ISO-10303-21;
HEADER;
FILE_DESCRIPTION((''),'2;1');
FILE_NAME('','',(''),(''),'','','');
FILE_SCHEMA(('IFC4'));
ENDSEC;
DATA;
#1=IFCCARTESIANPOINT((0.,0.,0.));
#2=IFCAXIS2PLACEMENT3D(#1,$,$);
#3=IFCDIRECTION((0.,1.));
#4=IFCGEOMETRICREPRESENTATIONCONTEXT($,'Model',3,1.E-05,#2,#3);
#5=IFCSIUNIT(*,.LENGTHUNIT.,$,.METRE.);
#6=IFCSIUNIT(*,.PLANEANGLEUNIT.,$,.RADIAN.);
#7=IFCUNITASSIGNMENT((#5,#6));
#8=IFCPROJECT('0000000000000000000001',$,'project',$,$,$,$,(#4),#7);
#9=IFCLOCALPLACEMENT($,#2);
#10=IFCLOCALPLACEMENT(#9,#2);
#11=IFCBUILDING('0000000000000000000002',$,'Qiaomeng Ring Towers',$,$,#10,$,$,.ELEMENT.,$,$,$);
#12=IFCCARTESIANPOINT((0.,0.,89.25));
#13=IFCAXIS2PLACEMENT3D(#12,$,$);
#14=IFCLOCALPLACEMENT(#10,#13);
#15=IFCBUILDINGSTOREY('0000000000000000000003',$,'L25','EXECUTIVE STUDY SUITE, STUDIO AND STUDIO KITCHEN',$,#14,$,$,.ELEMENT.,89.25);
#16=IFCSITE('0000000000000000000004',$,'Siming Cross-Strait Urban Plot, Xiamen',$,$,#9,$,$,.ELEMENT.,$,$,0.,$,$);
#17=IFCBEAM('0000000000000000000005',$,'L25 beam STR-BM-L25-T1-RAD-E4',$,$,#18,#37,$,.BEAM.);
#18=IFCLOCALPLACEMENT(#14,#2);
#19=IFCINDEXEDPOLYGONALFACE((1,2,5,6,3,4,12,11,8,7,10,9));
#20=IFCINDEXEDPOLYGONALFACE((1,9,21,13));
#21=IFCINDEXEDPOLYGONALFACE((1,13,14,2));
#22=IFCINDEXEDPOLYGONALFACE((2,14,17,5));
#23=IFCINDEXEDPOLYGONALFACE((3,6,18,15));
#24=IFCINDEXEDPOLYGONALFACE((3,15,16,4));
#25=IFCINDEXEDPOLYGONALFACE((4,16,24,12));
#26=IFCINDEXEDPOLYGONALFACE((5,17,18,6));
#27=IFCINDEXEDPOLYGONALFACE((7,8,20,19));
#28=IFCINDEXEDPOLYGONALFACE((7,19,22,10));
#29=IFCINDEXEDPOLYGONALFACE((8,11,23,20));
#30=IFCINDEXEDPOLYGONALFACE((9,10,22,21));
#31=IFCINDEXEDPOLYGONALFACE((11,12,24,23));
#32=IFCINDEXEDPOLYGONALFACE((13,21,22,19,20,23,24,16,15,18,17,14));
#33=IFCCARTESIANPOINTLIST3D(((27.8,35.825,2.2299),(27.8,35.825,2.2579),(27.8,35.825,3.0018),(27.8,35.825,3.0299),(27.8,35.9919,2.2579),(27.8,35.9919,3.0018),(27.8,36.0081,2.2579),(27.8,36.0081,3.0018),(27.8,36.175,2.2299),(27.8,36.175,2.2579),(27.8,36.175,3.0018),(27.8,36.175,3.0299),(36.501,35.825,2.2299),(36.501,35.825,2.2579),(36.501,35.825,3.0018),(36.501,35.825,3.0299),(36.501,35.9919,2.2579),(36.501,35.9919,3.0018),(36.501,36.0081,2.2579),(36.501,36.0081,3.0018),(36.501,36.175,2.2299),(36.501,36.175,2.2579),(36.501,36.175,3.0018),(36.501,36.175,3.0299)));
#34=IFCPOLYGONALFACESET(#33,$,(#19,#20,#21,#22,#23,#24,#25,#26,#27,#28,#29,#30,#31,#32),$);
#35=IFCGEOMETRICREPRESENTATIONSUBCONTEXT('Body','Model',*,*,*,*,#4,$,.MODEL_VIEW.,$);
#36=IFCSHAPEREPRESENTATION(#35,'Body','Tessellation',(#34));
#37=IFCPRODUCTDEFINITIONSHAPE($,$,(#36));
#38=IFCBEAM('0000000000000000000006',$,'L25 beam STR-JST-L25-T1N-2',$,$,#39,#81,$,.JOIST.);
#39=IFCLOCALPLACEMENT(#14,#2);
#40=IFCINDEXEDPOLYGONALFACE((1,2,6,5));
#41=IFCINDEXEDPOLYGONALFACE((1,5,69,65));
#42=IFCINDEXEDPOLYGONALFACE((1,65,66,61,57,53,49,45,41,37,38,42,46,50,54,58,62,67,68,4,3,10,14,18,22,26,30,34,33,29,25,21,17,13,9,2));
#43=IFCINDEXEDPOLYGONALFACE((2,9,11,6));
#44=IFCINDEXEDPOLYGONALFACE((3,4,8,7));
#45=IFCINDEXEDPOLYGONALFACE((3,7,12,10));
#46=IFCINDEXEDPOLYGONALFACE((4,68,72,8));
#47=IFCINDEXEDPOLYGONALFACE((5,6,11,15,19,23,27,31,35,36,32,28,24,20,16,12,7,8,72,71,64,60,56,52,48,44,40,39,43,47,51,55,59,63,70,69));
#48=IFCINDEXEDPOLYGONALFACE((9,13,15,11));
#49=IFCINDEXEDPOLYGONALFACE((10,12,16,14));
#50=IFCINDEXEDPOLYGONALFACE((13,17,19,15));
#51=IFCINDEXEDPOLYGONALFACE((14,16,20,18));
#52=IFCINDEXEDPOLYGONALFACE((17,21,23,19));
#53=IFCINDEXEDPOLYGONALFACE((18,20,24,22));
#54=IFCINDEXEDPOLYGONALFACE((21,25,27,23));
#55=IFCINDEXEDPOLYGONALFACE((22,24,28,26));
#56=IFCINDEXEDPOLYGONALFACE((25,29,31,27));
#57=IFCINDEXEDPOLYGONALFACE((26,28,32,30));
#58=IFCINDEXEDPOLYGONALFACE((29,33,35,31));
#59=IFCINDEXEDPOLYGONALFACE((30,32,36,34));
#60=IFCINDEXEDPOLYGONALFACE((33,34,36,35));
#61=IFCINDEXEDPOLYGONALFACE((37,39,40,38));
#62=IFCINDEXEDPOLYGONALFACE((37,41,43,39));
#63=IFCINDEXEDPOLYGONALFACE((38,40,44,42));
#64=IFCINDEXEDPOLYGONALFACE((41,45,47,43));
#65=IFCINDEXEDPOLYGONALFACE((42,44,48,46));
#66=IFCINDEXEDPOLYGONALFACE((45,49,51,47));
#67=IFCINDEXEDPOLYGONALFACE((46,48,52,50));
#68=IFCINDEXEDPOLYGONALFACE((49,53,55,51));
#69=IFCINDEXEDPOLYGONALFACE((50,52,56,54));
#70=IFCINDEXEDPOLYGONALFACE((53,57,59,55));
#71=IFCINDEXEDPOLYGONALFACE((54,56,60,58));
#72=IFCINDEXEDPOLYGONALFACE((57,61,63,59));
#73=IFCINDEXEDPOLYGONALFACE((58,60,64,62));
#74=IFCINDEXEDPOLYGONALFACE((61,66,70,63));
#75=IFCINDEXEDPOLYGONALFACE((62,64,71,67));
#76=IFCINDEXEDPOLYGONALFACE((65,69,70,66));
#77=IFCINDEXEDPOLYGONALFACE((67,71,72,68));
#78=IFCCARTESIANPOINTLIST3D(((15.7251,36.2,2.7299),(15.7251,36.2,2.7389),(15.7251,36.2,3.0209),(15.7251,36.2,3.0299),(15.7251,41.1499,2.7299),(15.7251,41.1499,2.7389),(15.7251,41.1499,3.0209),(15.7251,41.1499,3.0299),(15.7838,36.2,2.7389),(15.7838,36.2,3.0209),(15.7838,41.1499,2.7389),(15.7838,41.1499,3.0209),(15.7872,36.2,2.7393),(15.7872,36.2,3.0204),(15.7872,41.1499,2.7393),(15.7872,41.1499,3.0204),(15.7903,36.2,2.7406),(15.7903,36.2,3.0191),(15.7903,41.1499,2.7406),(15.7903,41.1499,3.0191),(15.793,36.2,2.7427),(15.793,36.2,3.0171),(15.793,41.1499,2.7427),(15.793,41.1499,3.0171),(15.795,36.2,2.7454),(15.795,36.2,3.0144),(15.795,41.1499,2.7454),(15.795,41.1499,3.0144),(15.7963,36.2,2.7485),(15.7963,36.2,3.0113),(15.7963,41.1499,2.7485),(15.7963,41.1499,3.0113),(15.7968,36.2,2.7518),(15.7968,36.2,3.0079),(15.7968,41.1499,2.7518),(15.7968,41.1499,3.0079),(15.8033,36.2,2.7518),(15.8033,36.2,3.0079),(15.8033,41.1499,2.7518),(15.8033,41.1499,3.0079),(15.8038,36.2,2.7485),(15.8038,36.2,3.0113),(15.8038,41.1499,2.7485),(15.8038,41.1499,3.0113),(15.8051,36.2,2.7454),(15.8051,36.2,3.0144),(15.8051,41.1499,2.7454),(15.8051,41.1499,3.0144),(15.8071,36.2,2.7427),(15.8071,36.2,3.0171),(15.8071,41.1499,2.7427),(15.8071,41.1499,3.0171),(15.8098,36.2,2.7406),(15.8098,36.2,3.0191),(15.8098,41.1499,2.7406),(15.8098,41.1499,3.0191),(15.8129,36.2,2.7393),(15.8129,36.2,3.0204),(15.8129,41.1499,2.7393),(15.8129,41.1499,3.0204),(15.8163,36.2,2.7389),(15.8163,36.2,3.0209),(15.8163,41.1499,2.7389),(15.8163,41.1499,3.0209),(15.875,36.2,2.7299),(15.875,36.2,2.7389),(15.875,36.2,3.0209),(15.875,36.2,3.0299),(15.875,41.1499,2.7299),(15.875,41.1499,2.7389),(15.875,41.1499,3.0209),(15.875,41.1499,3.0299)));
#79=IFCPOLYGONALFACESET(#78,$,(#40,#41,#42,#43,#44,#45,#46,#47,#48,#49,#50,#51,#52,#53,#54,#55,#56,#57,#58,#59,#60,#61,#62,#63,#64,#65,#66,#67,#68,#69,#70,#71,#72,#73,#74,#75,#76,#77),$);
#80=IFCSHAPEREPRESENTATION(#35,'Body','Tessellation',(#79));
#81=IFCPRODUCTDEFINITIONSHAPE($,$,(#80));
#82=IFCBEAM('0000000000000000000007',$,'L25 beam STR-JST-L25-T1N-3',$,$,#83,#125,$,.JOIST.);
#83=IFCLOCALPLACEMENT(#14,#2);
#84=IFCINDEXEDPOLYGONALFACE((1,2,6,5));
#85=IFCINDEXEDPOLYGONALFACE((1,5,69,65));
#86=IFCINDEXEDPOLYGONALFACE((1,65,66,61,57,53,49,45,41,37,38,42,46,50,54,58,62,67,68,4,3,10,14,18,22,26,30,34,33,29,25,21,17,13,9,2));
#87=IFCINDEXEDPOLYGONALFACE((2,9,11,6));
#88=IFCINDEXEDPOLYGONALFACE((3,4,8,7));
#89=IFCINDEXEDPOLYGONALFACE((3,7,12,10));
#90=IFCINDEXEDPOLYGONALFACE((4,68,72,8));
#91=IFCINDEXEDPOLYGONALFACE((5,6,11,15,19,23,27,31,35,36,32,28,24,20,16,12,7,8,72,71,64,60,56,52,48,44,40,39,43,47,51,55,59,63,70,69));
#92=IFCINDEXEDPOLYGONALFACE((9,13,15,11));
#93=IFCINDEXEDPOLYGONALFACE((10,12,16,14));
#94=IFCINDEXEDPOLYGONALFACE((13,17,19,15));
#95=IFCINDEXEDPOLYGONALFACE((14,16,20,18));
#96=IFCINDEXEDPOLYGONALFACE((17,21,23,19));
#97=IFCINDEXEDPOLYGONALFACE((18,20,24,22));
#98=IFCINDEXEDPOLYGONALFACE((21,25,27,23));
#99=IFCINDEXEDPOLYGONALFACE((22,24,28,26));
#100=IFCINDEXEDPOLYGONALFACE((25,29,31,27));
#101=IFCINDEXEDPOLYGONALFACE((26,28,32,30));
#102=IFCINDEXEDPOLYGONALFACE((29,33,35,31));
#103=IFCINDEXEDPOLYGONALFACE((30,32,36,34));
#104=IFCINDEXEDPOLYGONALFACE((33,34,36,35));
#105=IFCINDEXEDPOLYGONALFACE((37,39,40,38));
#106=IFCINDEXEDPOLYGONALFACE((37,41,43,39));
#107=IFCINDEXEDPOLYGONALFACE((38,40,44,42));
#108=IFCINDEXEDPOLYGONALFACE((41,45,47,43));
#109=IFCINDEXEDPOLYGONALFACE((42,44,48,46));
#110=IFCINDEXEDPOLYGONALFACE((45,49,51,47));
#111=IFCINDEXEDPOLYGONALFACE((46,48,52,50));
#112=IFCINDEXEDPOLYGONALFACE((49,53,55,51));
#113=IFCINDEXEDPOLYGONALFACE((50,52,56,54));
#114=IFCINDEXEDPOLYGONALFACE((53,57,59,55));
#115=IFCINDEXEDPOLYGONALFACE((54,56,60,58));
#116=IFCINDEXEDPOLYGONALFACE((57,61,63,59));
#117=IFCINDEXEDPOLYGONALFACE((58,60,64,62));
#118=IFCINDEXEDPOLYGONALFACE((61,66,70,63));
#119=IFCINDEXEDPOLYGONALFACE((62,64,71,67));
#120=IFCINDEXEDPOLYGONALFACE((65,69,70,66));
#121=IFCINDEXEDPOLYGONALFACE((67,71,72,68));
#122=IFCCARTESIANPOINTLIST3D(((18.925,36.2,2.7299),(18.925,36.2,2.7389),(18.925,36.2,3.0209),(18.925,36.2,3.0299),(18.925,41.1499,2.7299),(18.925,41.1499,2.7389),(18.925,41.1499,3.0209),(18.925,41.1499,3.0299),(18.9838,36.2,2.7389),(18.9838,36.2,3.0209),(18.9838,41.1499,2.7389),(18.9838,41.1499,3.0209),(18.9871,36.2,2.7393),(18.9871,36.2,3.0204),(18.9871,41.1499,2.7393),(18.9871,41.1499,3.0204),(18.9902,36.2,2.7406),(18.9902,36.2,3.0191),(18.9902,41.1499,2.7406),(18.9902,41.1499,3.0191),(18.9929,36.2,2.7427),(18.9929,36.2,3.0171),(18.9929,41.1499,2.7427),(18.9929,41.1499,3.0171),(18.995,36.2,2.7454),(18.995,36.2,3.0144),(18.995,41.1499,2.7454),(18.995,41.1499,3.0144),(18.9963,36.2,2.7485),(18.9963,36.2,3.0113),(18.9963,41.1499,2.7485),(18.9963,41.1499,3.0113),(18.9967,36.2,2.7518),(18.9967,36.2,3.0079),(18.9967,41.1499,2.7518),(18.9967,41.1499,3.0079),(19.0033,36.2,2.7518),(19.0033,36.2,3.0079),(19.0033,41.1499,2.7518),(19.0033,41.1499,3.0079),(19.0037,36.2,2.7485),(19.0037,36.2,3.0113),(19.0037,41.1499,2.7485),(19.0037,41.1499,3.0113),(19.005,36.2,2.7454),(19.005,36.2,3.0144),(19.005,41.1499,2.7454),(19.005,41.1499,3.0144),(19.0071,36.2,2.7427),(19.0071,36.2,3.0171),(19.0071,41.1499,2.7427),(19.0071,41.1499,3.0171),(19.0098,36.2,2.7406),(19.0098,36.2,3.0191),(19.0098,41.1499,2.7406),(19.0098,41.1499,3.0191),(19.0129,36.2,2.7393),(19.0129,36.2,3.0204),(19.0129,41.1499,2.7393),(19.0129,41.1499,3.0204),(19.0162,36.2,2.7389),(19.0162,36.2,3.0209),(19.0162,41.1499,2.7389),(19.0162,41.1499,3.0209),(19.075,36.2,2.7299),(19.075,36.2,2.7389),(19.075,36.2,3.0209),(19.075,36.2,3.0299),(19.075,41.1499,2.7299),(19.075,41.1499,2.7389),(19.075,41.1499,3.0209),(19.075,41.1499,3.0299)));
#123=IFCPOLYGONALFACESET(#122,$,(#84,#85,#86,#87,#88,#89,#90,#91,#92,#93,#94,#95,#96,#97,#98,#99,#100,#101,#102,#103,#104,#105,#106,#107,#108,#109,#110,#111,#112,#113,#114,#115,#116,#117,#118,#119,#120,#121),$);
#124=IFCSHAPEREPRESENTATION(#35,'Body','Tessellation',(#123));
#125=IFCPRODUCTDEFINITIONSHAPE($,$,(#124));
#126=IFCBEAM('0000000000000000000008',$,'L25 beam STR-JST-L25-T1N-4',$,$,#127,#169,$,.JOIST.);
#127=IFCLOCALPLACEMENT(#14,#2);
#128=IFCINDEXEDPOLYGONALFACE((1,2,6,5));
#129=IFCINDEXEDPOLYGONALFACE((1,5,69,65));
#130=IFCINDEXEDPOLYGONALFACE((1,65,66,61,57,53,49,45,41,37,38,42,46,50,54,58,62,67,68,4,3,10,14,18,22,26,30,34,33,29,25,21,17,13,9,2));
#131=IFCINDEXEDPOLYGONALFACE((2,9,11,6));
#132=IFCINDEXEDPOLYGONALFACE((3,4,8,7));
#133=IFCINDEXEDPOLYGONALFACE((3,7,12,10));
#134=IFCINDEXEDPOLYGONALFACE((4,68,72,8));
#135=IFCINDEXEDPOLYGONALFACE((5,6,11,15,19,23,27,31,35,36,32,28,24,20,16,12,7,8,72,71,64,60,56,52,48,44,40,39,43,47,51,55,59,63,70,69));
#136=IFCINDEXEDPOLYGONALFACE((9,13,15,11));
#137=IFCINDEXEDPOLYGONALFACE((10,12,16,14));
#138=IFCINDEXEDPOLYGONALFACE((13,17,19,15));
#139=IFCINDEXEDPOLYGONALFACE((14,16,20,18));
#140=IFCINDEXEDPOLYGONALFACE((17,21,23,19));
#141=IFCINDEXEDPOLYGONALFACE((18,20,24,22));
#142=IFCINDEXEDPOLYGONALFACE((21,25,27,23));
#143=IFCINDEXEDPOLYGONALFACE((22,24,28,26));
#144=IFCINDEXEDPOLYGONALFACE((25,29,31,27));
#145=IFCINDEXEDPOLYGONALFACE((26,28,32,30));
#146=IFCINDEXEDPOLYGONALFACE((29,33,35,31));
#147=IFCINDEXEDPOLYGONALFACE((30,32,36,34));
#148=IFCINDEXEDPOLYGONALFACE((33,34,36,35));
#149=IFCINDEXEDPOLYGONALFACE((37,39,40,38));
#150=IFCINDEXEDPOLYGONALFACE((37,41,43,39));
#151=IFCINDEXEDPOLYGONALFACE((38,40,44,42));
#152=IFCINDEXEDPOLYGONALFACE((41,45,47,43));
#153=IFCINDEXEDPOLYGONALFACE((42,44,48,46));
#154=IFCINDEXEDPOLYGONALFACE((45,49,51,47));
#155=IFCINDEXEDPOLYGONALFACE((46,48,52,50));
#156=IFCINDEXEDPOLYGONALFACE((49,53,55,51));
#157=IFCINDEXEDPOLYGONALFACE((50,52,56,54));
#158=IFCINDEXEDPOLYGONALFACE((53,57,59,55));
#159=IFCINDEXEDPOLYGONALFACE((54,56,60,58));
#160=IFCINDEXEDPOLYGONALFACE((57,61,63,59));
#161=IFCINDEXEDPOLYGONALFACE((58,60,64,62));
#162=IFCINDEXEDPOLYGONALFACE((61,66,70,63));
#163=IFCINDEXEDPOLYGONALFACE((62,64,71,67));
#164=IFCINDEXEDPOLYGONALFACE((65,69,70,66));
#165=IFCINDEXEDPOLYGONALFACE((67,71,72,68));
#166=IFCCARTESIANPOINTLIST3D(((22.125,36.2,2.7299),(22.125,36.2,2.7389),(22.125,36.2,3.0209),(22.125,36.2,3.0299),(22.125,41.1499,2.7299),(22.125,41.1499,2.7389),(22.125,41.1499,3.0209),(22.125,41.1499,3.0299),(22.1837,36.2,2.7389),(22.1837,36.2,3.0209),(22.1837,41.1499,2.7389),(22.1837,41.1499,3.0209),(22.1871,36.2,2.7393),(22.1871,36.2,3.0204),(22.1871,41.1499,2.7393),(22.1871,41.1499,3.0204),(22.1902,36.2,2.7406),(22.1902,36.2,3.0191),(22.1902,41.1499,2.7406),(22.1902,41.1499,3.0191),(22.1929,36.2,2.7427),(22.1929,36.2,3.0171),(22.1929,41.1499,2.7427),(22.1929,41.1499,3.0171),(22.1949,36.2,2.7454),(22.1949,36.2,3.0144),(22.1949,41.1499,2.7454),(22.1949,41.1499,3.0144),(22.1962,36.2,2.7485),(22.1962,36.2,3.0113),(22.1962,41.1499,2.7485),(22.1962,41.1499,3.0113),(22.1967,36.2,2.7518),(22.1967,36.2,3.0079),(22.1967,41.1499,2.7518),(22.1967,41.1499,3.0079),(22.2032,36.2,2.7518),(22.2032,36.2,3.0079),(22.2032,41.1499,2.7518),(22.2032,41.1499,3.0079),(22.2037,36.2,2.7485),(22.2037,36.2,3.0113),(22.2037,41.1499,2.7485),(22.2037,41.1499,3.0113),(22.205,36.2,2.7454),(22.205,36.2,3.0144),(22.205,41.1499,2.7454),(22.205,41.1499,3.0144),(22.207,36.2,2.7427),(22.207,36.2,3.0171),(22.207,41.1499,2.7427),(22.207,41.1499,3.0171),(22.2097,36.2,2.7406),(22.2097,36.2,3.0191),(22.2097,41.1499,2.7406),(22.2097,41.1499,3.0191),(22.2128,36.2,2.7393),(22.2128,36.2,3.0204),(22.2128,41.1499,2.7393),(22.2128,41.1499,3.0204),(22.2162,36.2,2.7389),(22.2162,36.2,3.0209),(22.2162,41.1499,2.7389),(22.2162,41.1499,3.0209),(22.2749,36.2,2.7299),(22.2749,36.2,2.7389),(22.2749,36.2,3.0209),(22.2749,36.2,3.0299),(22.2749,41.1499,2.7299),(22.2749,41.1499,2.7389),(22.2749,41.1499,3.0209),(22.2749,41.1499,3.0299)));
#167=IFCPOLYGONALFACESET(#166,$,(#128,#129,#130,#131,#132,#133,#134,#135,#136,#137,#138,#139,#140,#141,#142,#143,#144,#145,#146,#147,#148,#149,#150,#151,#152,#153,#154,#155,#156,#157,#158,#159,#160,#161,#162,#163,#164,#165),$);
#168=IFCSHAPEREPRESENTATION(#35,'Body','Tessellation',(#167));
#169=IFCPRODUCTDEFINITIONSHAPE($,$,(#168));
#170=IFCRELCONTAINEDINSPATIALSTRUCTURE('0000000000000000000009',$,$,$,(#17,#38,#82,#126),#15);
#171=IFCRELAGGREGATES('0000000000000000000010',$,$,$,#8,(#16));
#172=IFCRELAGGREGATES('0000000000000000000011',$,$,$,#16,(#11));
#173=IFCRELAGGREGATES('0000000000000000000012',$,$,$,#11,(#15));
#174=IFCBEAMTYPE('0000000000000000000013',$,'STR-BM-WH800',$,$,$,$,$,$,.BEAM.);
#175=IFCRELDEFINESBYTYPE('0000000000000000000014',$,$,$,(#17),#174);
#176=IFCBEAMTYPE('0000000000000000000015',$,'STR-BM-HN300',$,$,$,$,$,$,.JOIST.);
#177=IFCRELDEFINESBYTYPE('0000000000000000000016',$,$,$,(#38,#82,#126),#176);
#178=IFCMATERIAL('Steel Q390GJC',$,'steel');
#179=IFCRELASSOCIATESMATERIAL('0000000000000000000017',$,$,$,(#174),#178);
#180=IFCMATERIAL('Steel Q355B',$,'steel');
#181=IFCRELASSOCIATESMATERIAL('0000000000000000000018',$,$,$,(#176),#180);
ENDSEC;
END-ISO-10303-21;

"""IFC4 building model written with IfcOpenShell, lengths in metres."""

from ifc_helpers import new_model, si_unit, direction, frame, origin, origin_2d, place, context, subcontext, project, spatial, i_section, extrude, source, transform, mapped, material, material_profile, profile_set, type_object, element, save


model = new_model("IFC4")

# Units and contexts
model_context = context("Model", 3, precision=1e-05, world=origin(), true_north=direction((0.0, 1.0)))
body_context = subcontext(model_context, "Body", "Model", "MODEL_VIEW")
ifc_project = project(units=[si_unit("LENGTHUNIT", "METRE"), si_unit("PLANEANGLEUNIT", "RADIAN")], contexts=[model_context])

# Site, building, storey
site_placement = place(None, origin())
site = spatial("IfcSite", under=ifc_project, at=site_placement, Name="Siming Cross-Strait Urban Plot, Xiamen", CompositionType="ELEMENT", RefElevation=0.0)
building_placement = place(site_placement, origin())
building = spatial("IfcBuilding", under=site, at=building_placement, Name="Qiaomeng Ring Towers", CompositionType="ELEMENT")
storey_placement = place(building_placement, frame((0.0, 0.0, 89.25)))
storey = spatial("IfcBuildingStorey", under=building, at=storey_placement, Name="L25", Description="EXECUTIVE STUDY SUITE, STUDIO AND STUDIO KITCHEN", CompositionType="ELEMENT", Elevation=89.25)

# Beams
ifc_material_1 = material(Name="Steel Q390GJC", Category="steel")
ifc_material_profile_1 = material_profile(ifc_material_1, i_section(OverallWidth=0.3501, OverallDepth=0.8, WebThickness=0.0161, FlangeThickness=0.0281, at=origin_2d()), Name="WH 800x350x16x28")
ifc_profile_set_1 = profile_set([ifc_material_profile_1], Name="Steel Q390GJC")
beam_type_1 = type_object("IfcBeamType", Name="STR-BM-WH800", PredefinedType="BEAM", material=ifc_profile_set_1)
shared_shape_1 = source(origin(), body_context, "Body", "SweptSolid", [
    extrude(i_section(OverallWidth=0.3501, OverallDepth=0.8, WebThickness=0.0161, FlangeThickness=0.0281, at=origin_2d()), origin(), (0.0, 0.0, 1.0), 8.7009),
])
beam_placement = place(storey_placement, frame((27.8, 36.0, 2.6299), z_axis=(1.0, 0.0, 0.0), x_axis=(0.0, 1.0, 0.0)))
element("IfcBeam", 1, at=beam_placement, inside=storey, type_object=beam_type_1, Name="L25 beam STR-BM-L25-T1-RAD-E4", PredefinedType="BEAM", context=body_context, shape_type="MappedRepresentation", body=[
    mapped(shared_shape_1, transform((0.0, 0.0, 0.0), x_axis=(1.0, 0.0, 0.0), y_axis=(0.0, 1.0, 0.0), z_axis=(0.0, 0.0, 1.0), scale=1.0)),
])
ifc_material_2 = material(Name="Steel Q355B", Category="steel")
ifc_material_profile_2 = material_profile(ifc_material_2, i_section(OverallWidth=0.1499, OverallDepth=0.3, WebThickness=0.0066, FlangeThickness=0.009, FilletRadius=0.0129, at=origin_2d()), Name="HN 300x150x6.5x9")
ifc_profile_set_2 = profile_set([ifc_material_profile_2], Name="Steel Q355B")
beam_type_2 = type_object("IfcBeamType", Name="STR-BM-HN300", PredefinedType="JOIST", material=ifc_profile_set_2)
shared_shape_2 = source(origin(), body_context, "Body", "SweptSolid", [
    extrude(i_section(OverallWidth=0.1499, OverallDepth=0.3, WebThickness=0.0066, FlangeThickness=0.009, FilletRadius=0.0129, at=origin_2d()), origin(), (0.0, 0.0, 1.0), 4.95),
])
for number, where, z_axis, x_axis, name in (
    (2, (15.8, 36.2, 2.8799), (0.0, 1.0, 0.0), (-1.0, 0.0, 0.0), "L25 beam STR-JST-L25-T1N-2"),
    (3, (19.0, 36.2, 2.8799), (0.0, 1.0, 0.0), (-1.0, 0.0, 0.0), "L25 beam STR-JST-L25-T1N-3"),
    (4, (22.2, 36.2, 2.8799), (0.0, 1.0, 0.0), (-1.0, 0.0, 0.0), "L25 beam STR-JST-L25-T1N-4"),
):
    element("IfcBeam", number, at=place(storey_placement, frame(where, z_axis=z_axis, x_axis=x_axis)), inside=storey, type_object=beam_type_2, Name=name, PredefinedType="JOIST", context=body_context, shape_type="MappedRepresentation", body=[
        mapped(shared_shape_2, transform((0.0, 0.0, 0.0), x_axis=(1.0, 0.0, 0.0), y_axis=(0.0, 1.0, 0.0), z_axis=(0.0, 0.0, 1.0), scale=1.0)),
    ])

save(model, "model.ifc")
